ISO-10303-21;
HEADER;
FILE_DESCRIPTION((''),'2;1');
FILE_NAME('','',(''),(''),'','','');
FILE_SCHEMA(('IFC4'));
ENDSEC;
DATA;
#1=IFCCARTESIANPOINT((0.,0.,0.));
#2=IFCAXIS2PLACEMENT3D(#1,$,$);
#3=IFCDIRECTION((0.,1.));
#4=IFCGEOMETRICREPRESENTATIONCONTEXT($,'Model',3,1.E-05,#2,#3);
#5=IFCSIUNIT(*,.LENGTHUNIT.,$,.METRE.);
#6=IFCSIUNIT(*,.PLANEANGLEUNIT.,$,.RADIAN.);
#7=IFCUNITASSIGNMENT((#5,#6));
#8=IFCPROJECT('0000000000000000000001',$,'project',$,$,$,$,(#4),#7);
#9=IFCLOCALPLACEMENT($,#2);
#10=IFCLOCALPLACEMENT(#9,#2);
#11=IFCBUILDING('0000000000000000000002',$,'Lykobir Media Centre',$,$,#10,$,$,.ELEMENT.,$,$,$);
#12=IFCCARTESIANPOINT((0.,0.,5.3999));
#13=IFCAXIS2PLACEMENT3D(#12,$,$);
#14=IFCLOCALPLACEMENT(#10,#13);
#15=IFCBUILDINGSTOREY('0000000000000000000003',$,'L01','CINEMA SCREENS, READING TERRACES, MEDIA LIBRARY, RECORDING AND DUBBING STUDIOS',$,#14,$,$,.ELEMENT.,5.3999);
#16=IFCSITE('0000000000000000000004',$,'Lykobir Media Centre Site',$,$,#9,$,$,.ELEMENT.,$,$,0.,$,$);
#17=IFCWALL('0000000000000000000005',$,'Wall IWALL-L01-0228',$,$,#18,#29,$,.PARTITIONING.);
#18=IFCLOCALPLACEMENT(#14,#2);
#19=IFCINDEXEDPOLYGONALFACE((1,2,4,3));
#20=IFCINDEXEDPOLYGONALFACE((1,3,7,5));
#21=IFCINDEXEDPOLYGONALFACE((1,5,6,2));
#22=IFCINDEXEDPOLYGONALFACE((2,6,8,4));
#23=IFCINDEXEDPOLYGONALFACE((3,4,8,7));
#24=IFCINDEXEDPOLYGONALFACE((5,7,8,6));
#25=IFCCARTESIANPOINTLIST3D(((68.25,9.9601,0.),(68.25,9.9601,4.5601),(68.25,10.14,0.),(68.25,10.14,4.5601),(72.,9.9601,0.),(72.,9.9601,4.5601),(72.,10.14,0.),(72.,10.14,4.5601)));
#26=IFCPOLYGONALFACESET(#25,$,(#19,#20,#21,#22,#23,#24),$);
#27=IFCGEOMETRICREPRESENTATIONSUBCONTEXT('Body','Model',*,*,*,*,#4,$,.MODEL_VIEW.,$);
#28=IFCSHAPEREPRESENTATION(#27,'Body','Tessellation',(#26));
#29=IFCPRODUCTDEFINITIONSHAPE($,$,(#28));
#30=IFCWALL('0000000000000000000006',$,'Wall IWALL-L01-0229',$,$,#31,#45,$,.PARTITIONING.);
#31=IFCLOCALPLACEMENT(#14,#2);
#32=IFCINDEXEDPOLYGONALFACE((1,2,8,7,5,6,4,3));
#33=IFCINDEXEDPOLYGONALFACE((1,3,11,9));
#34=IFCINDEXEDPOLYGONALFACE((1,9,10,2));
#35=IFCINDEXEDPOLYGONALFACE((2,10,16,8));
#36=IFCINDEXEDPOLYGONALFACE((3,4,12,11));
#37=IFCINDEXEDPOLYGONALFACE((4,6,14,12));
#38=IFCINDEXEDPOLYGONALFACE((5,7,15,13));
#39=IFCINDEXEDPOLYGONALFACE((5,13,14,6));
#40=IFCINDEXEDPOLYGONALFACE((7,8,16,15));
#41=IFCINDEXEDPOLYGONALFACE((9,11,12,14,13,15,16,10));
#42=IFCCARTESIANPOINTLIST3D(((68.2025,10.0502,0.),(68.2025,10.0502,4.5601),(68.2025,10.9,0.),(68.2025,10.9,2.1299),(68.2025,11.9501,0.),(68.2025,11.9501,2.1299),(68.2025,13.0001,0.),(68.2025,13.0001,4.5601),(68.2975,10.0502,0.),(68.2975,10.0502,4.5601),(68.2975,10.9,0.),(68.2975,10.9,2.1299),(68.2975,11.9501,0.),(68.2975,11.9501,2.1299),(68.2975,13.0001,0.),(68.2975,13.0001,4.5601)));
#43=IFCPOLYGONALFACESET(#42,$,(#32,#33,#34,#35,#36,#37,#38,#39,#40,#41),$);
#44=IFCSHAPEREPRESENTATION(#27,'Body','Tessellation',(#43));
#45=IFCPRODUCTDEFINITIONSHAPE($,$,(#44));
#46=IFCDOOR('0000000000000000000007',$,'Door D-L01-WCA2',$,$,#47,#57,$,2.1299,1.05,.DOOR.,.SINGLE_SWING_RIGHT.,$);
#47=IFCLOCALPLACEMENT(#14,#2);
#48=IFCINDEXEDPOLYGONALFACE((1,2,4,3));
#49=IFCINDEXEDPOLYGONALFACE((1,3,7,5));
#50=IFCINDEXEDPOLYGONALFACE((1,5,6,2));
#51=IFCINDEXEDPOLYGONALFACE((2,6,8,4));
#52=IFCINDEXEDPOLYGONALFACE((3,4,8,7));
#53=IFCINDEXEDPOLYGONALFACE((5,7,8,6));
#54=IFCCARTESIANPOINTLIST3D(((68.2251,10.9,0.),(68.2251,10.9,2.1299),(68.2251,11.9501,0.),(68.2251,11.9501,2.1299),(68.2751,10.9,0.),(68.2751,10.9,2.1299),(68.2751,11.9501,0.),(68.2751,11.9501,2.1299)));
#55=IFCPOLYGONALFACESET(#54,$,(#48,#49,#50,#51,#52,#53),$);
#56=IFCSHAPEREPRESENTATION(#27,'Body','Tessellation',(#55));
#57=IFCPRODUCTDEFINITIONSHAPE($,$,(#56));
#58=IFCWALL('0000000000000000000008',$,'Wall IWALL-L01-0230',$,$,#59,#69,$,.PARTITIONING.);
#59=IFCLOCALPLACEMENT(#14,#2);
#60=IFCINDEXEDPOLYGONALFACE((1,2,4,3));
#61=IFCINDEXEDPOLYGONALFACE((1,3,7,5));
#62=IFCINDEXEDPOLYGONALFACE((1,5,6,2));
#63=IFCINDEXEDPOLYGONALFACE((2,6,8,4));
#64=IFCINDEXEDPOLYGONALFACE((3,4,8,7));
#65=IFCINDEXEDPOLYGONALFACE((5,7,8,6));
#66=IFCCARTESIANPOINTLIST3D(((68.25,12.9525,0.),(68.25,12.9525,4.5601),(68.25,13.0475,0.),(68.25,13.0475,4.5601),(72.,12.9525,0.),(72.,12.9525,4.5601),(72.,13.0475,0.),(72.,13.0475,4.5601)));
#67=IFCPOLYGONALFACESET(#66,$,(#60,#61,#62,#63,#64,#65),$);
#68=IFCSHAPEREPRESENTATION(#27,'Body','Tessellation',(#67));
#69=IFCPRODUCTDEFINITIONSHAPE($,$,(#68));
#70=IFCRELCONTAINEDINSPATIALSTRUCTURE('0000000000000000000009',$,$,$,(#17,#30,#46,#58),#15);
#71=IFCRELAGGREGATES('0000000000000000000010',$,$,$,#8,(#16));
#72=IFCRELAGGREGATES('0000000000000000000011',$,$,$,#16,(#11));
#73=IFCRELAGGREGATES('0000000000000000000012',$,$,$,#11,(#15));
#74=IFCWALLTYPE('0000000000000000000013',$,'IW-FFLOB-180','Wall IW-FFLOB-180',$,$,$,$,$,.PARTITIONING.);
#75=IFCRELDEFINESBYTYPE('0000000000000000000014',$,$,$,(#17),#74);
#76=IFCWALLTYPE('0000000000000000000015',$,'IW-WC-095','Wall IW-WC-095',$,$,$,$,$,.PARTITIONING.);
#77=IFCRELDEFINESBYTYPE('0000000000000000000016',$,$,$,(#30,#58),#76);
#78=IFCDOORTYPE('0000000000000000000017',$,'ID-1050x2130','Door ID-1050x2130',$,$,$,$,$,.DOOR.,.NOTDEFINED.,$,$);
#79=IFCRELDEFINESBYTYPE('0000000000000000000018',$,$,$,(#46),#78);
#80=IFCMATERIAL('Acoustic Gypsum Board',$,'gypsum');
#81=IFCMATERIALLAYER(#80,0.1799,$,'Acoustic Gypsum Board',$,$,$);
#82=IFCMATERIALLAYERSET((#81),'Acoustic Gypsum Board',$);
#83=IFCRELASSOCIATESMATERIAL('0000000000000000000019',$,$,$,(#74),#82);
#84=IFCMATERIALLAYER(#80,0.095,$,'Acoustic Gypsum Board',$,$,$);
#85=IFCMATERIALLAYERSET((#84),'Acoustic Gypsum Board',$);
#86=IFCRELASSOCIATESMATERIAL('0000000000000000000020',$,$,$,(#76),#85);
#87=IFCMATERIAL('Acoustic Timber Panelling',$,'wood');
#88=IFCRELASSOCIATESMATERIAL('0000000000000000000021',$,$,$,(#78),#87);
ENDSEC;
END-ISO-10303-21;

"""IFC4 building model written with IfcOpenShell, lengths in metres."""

from ifc_helpers import new_model, si_unit, direction, frame, frame_2d, origin, place, context, subcontext, project, spatial, rectangle, extrude, material, layer, layer_set, type_object, element, fill, save


model = new_model("IFC4")

# Units and contexts
model_context = context("Model", 3, precision=1e-05, world=origin(), true_north=direction((0.0, 1.0)))
body_context = subcontext(model_context, "Body", "Model", "MODEL_VIEW")
ifc_project = project(units=[si_unit("LENGTHUNIT", "METRE"), si_unit("PLANEANGLEUNIT", "RADIAN")], contexts=[model_context])

# Site, building, storey
site_placement = place(None, origin())
site = spatial("IfcSite", under=ifc_project, at=site_placement, Name="Lykobir Media Centre Site", CompositionType="ELEMENT", RefElevation=0.0)
building_placement = place(site_placement, origin())
building = spatial("IfcBuilding", under=site, at=building_placement, Name="Lykobir Media Centre", CompositionType="ELEMENT")
storey_placement = place(building_placement, frame((0.0, 0.0, 5.3999)))
storey = spatial("IfcBuildingStorey", under=building, at=storey_placement, Name="L01", Description="CINEMA SCREENS, READING TERRACES, MEDIA LIBRARY, RECORDING AND DUBBING STUDIOS", CompositionType="ELEMENT", Elevation=5.3999)

# Shared definitions
ifc_material_1 = material(Name="Acoustic Gypsum Board", Category="gypsum")

# Shared definitions
ifc_layer_1 = layer(ifc_material_1, 0.1799, Name="Acoustic Gypsum Board")
ifc_layer_set_1 = layer_set([ifc_layer_1], Name="Acoustic Gypsum Board")
wall_type_1 = type_object("IfcWallType", Name="IW-FFLOB-180", Description="Wall IW-FFLOB-180", PredefinedType="PARTITIONING", material=ifc_layer_set_1)
ifc_material_2 = material(Name="Acoustic Timber Panelling", Category="wood")

# Wall
for number, where, z_axis, x_axis, name in (
    (1, (68.25, 10.05, 0.0), (0.0, 0.0, 1.0), (1.0, 0.0, 0.0), "Wall IWALL-L01-0228"),
):
    element("IfcWall", number, at=place(storey_placement, frame(where, z_axis=z_axis, x_axis=x_axis)), inside=storey, type_object=wall_type_1, Name=name, PredefinedType="PARTITIONING", context=body_context, shape_type="SweptSolid", body=[
        extrude(rectangle(XDim=3.75, YDim=0.1799, at=frame_2d((1.875, 0.0))), origin(), (0.0, 0.0, 1.0), 4.5601),
    ])

# Wall, opening, door
ifc_layer_2 = layer(ifc_material_1, 0.095, Name="Acoustic Gypsum Board")
ifc_layer_set_2 = layer_set([ifc_layer_2], Name="Acoustic Gypsum Board")
wall_type_2 = type_object("IfcWallType", Name="IW-WC-095", Description="Wall IW-WC-095", PredefinedType="PARTITIONING", material=ifc_layer_set_2)
wall_1_placement = place(storey_placement, frame((68.25, 10.05, 0.0), z_axis=(0.0, 0.0, 1.0), x_axis=(0.0, 1.0, 0.0)))
wall_1 = element("IfcWall", 2, at=wall_1_placement, inside=storey, type_object=wall_type_2, Name="Wall IWALL-L01-0229", PredefinedType="PARTITIONING", context=body_context, shape_type="SweptSolid", body=[
    extrude(rectangle(XDim=2.95, YDim=0.095, at=frame_2d((1.4751, 0.0))), origin(), (0.0, 0.0, 1.0), 4.5601),
])
opening_1_placement = place(wall_1_placement, frame((0.8501, 0.0, 0.0)))
opening_1 = element("IfcOpeningElement", 3, at=opening_1_placement, cuts=wall_1, PredefinedType="OPENING", context=body_context, shape_type="SweptSolid", body=[
    extrude(rectangle(XDim=1.05, YDim=2.1299, at=frame_2d((0.5249, 1.0649))), frame((0.0, 0.0574, 0.0), z_axis=(0.0, -1.0, 0.0), x_axis=(1.0, 0.0, 0.0)), (0.0, 0.0, 1.0), 0.115),
])
door_type_1 = type_object("IfcDoorType", Name="ID-1050x2130", Description="Door ID-1050x2130", OperationType="NOTDEFINED", PredefinedType="DOOR", material=ifc_material_2)
door_1_placement = place(opening_1_placement, origin())
door_1 = element("IfcDoor", 4, at=door_1_placement, inside=storey, type_object=door_type_1, Name="Door D-L01-WCA2", OperationType="SINGLE_SWING_RIGHT", OverallHeight=2.1299, OverallWidth=1.05, PredefinedType="DOOR", context=body_context, shape_type="SweptSolid", body=[
    extrude(rectangle(XDim=1.05, YDim=2.1299, at=frame_2d((0.5249, 1.0649))), frame((0.0, 0.0249, 0.0), z_axis=(0.0, -1.0, 0.0), x_axis=(1.0, 0.0, 0.0)), (0.0, 0.0, 1.0), 0.05),
])
fill(opening_1, door_1)

# Wall
wall_2_placement = place(storey_placement, frame((68.25, 13.0, 0.0), z_axis=(0.0, 0.0, 1.0), x_axis=(1.0, 0.0, 0.0)))
element("IfcWall", 5, at=wall_2_placement, inside=storey, type_object=wall_type_2, Name="Wall IWALL-L01-0230", PredefinedType="PARTITIONING", context=body_context, shape_type="SweptSolid", body=[
    extrude(rectangle(XDim=3.75, YDim=0.095, at=frame_2d((1.875, 0.0))), origin(), (0.0, 0.0, 1.0), 4.5601),
])

save(model, "model.ifc")
